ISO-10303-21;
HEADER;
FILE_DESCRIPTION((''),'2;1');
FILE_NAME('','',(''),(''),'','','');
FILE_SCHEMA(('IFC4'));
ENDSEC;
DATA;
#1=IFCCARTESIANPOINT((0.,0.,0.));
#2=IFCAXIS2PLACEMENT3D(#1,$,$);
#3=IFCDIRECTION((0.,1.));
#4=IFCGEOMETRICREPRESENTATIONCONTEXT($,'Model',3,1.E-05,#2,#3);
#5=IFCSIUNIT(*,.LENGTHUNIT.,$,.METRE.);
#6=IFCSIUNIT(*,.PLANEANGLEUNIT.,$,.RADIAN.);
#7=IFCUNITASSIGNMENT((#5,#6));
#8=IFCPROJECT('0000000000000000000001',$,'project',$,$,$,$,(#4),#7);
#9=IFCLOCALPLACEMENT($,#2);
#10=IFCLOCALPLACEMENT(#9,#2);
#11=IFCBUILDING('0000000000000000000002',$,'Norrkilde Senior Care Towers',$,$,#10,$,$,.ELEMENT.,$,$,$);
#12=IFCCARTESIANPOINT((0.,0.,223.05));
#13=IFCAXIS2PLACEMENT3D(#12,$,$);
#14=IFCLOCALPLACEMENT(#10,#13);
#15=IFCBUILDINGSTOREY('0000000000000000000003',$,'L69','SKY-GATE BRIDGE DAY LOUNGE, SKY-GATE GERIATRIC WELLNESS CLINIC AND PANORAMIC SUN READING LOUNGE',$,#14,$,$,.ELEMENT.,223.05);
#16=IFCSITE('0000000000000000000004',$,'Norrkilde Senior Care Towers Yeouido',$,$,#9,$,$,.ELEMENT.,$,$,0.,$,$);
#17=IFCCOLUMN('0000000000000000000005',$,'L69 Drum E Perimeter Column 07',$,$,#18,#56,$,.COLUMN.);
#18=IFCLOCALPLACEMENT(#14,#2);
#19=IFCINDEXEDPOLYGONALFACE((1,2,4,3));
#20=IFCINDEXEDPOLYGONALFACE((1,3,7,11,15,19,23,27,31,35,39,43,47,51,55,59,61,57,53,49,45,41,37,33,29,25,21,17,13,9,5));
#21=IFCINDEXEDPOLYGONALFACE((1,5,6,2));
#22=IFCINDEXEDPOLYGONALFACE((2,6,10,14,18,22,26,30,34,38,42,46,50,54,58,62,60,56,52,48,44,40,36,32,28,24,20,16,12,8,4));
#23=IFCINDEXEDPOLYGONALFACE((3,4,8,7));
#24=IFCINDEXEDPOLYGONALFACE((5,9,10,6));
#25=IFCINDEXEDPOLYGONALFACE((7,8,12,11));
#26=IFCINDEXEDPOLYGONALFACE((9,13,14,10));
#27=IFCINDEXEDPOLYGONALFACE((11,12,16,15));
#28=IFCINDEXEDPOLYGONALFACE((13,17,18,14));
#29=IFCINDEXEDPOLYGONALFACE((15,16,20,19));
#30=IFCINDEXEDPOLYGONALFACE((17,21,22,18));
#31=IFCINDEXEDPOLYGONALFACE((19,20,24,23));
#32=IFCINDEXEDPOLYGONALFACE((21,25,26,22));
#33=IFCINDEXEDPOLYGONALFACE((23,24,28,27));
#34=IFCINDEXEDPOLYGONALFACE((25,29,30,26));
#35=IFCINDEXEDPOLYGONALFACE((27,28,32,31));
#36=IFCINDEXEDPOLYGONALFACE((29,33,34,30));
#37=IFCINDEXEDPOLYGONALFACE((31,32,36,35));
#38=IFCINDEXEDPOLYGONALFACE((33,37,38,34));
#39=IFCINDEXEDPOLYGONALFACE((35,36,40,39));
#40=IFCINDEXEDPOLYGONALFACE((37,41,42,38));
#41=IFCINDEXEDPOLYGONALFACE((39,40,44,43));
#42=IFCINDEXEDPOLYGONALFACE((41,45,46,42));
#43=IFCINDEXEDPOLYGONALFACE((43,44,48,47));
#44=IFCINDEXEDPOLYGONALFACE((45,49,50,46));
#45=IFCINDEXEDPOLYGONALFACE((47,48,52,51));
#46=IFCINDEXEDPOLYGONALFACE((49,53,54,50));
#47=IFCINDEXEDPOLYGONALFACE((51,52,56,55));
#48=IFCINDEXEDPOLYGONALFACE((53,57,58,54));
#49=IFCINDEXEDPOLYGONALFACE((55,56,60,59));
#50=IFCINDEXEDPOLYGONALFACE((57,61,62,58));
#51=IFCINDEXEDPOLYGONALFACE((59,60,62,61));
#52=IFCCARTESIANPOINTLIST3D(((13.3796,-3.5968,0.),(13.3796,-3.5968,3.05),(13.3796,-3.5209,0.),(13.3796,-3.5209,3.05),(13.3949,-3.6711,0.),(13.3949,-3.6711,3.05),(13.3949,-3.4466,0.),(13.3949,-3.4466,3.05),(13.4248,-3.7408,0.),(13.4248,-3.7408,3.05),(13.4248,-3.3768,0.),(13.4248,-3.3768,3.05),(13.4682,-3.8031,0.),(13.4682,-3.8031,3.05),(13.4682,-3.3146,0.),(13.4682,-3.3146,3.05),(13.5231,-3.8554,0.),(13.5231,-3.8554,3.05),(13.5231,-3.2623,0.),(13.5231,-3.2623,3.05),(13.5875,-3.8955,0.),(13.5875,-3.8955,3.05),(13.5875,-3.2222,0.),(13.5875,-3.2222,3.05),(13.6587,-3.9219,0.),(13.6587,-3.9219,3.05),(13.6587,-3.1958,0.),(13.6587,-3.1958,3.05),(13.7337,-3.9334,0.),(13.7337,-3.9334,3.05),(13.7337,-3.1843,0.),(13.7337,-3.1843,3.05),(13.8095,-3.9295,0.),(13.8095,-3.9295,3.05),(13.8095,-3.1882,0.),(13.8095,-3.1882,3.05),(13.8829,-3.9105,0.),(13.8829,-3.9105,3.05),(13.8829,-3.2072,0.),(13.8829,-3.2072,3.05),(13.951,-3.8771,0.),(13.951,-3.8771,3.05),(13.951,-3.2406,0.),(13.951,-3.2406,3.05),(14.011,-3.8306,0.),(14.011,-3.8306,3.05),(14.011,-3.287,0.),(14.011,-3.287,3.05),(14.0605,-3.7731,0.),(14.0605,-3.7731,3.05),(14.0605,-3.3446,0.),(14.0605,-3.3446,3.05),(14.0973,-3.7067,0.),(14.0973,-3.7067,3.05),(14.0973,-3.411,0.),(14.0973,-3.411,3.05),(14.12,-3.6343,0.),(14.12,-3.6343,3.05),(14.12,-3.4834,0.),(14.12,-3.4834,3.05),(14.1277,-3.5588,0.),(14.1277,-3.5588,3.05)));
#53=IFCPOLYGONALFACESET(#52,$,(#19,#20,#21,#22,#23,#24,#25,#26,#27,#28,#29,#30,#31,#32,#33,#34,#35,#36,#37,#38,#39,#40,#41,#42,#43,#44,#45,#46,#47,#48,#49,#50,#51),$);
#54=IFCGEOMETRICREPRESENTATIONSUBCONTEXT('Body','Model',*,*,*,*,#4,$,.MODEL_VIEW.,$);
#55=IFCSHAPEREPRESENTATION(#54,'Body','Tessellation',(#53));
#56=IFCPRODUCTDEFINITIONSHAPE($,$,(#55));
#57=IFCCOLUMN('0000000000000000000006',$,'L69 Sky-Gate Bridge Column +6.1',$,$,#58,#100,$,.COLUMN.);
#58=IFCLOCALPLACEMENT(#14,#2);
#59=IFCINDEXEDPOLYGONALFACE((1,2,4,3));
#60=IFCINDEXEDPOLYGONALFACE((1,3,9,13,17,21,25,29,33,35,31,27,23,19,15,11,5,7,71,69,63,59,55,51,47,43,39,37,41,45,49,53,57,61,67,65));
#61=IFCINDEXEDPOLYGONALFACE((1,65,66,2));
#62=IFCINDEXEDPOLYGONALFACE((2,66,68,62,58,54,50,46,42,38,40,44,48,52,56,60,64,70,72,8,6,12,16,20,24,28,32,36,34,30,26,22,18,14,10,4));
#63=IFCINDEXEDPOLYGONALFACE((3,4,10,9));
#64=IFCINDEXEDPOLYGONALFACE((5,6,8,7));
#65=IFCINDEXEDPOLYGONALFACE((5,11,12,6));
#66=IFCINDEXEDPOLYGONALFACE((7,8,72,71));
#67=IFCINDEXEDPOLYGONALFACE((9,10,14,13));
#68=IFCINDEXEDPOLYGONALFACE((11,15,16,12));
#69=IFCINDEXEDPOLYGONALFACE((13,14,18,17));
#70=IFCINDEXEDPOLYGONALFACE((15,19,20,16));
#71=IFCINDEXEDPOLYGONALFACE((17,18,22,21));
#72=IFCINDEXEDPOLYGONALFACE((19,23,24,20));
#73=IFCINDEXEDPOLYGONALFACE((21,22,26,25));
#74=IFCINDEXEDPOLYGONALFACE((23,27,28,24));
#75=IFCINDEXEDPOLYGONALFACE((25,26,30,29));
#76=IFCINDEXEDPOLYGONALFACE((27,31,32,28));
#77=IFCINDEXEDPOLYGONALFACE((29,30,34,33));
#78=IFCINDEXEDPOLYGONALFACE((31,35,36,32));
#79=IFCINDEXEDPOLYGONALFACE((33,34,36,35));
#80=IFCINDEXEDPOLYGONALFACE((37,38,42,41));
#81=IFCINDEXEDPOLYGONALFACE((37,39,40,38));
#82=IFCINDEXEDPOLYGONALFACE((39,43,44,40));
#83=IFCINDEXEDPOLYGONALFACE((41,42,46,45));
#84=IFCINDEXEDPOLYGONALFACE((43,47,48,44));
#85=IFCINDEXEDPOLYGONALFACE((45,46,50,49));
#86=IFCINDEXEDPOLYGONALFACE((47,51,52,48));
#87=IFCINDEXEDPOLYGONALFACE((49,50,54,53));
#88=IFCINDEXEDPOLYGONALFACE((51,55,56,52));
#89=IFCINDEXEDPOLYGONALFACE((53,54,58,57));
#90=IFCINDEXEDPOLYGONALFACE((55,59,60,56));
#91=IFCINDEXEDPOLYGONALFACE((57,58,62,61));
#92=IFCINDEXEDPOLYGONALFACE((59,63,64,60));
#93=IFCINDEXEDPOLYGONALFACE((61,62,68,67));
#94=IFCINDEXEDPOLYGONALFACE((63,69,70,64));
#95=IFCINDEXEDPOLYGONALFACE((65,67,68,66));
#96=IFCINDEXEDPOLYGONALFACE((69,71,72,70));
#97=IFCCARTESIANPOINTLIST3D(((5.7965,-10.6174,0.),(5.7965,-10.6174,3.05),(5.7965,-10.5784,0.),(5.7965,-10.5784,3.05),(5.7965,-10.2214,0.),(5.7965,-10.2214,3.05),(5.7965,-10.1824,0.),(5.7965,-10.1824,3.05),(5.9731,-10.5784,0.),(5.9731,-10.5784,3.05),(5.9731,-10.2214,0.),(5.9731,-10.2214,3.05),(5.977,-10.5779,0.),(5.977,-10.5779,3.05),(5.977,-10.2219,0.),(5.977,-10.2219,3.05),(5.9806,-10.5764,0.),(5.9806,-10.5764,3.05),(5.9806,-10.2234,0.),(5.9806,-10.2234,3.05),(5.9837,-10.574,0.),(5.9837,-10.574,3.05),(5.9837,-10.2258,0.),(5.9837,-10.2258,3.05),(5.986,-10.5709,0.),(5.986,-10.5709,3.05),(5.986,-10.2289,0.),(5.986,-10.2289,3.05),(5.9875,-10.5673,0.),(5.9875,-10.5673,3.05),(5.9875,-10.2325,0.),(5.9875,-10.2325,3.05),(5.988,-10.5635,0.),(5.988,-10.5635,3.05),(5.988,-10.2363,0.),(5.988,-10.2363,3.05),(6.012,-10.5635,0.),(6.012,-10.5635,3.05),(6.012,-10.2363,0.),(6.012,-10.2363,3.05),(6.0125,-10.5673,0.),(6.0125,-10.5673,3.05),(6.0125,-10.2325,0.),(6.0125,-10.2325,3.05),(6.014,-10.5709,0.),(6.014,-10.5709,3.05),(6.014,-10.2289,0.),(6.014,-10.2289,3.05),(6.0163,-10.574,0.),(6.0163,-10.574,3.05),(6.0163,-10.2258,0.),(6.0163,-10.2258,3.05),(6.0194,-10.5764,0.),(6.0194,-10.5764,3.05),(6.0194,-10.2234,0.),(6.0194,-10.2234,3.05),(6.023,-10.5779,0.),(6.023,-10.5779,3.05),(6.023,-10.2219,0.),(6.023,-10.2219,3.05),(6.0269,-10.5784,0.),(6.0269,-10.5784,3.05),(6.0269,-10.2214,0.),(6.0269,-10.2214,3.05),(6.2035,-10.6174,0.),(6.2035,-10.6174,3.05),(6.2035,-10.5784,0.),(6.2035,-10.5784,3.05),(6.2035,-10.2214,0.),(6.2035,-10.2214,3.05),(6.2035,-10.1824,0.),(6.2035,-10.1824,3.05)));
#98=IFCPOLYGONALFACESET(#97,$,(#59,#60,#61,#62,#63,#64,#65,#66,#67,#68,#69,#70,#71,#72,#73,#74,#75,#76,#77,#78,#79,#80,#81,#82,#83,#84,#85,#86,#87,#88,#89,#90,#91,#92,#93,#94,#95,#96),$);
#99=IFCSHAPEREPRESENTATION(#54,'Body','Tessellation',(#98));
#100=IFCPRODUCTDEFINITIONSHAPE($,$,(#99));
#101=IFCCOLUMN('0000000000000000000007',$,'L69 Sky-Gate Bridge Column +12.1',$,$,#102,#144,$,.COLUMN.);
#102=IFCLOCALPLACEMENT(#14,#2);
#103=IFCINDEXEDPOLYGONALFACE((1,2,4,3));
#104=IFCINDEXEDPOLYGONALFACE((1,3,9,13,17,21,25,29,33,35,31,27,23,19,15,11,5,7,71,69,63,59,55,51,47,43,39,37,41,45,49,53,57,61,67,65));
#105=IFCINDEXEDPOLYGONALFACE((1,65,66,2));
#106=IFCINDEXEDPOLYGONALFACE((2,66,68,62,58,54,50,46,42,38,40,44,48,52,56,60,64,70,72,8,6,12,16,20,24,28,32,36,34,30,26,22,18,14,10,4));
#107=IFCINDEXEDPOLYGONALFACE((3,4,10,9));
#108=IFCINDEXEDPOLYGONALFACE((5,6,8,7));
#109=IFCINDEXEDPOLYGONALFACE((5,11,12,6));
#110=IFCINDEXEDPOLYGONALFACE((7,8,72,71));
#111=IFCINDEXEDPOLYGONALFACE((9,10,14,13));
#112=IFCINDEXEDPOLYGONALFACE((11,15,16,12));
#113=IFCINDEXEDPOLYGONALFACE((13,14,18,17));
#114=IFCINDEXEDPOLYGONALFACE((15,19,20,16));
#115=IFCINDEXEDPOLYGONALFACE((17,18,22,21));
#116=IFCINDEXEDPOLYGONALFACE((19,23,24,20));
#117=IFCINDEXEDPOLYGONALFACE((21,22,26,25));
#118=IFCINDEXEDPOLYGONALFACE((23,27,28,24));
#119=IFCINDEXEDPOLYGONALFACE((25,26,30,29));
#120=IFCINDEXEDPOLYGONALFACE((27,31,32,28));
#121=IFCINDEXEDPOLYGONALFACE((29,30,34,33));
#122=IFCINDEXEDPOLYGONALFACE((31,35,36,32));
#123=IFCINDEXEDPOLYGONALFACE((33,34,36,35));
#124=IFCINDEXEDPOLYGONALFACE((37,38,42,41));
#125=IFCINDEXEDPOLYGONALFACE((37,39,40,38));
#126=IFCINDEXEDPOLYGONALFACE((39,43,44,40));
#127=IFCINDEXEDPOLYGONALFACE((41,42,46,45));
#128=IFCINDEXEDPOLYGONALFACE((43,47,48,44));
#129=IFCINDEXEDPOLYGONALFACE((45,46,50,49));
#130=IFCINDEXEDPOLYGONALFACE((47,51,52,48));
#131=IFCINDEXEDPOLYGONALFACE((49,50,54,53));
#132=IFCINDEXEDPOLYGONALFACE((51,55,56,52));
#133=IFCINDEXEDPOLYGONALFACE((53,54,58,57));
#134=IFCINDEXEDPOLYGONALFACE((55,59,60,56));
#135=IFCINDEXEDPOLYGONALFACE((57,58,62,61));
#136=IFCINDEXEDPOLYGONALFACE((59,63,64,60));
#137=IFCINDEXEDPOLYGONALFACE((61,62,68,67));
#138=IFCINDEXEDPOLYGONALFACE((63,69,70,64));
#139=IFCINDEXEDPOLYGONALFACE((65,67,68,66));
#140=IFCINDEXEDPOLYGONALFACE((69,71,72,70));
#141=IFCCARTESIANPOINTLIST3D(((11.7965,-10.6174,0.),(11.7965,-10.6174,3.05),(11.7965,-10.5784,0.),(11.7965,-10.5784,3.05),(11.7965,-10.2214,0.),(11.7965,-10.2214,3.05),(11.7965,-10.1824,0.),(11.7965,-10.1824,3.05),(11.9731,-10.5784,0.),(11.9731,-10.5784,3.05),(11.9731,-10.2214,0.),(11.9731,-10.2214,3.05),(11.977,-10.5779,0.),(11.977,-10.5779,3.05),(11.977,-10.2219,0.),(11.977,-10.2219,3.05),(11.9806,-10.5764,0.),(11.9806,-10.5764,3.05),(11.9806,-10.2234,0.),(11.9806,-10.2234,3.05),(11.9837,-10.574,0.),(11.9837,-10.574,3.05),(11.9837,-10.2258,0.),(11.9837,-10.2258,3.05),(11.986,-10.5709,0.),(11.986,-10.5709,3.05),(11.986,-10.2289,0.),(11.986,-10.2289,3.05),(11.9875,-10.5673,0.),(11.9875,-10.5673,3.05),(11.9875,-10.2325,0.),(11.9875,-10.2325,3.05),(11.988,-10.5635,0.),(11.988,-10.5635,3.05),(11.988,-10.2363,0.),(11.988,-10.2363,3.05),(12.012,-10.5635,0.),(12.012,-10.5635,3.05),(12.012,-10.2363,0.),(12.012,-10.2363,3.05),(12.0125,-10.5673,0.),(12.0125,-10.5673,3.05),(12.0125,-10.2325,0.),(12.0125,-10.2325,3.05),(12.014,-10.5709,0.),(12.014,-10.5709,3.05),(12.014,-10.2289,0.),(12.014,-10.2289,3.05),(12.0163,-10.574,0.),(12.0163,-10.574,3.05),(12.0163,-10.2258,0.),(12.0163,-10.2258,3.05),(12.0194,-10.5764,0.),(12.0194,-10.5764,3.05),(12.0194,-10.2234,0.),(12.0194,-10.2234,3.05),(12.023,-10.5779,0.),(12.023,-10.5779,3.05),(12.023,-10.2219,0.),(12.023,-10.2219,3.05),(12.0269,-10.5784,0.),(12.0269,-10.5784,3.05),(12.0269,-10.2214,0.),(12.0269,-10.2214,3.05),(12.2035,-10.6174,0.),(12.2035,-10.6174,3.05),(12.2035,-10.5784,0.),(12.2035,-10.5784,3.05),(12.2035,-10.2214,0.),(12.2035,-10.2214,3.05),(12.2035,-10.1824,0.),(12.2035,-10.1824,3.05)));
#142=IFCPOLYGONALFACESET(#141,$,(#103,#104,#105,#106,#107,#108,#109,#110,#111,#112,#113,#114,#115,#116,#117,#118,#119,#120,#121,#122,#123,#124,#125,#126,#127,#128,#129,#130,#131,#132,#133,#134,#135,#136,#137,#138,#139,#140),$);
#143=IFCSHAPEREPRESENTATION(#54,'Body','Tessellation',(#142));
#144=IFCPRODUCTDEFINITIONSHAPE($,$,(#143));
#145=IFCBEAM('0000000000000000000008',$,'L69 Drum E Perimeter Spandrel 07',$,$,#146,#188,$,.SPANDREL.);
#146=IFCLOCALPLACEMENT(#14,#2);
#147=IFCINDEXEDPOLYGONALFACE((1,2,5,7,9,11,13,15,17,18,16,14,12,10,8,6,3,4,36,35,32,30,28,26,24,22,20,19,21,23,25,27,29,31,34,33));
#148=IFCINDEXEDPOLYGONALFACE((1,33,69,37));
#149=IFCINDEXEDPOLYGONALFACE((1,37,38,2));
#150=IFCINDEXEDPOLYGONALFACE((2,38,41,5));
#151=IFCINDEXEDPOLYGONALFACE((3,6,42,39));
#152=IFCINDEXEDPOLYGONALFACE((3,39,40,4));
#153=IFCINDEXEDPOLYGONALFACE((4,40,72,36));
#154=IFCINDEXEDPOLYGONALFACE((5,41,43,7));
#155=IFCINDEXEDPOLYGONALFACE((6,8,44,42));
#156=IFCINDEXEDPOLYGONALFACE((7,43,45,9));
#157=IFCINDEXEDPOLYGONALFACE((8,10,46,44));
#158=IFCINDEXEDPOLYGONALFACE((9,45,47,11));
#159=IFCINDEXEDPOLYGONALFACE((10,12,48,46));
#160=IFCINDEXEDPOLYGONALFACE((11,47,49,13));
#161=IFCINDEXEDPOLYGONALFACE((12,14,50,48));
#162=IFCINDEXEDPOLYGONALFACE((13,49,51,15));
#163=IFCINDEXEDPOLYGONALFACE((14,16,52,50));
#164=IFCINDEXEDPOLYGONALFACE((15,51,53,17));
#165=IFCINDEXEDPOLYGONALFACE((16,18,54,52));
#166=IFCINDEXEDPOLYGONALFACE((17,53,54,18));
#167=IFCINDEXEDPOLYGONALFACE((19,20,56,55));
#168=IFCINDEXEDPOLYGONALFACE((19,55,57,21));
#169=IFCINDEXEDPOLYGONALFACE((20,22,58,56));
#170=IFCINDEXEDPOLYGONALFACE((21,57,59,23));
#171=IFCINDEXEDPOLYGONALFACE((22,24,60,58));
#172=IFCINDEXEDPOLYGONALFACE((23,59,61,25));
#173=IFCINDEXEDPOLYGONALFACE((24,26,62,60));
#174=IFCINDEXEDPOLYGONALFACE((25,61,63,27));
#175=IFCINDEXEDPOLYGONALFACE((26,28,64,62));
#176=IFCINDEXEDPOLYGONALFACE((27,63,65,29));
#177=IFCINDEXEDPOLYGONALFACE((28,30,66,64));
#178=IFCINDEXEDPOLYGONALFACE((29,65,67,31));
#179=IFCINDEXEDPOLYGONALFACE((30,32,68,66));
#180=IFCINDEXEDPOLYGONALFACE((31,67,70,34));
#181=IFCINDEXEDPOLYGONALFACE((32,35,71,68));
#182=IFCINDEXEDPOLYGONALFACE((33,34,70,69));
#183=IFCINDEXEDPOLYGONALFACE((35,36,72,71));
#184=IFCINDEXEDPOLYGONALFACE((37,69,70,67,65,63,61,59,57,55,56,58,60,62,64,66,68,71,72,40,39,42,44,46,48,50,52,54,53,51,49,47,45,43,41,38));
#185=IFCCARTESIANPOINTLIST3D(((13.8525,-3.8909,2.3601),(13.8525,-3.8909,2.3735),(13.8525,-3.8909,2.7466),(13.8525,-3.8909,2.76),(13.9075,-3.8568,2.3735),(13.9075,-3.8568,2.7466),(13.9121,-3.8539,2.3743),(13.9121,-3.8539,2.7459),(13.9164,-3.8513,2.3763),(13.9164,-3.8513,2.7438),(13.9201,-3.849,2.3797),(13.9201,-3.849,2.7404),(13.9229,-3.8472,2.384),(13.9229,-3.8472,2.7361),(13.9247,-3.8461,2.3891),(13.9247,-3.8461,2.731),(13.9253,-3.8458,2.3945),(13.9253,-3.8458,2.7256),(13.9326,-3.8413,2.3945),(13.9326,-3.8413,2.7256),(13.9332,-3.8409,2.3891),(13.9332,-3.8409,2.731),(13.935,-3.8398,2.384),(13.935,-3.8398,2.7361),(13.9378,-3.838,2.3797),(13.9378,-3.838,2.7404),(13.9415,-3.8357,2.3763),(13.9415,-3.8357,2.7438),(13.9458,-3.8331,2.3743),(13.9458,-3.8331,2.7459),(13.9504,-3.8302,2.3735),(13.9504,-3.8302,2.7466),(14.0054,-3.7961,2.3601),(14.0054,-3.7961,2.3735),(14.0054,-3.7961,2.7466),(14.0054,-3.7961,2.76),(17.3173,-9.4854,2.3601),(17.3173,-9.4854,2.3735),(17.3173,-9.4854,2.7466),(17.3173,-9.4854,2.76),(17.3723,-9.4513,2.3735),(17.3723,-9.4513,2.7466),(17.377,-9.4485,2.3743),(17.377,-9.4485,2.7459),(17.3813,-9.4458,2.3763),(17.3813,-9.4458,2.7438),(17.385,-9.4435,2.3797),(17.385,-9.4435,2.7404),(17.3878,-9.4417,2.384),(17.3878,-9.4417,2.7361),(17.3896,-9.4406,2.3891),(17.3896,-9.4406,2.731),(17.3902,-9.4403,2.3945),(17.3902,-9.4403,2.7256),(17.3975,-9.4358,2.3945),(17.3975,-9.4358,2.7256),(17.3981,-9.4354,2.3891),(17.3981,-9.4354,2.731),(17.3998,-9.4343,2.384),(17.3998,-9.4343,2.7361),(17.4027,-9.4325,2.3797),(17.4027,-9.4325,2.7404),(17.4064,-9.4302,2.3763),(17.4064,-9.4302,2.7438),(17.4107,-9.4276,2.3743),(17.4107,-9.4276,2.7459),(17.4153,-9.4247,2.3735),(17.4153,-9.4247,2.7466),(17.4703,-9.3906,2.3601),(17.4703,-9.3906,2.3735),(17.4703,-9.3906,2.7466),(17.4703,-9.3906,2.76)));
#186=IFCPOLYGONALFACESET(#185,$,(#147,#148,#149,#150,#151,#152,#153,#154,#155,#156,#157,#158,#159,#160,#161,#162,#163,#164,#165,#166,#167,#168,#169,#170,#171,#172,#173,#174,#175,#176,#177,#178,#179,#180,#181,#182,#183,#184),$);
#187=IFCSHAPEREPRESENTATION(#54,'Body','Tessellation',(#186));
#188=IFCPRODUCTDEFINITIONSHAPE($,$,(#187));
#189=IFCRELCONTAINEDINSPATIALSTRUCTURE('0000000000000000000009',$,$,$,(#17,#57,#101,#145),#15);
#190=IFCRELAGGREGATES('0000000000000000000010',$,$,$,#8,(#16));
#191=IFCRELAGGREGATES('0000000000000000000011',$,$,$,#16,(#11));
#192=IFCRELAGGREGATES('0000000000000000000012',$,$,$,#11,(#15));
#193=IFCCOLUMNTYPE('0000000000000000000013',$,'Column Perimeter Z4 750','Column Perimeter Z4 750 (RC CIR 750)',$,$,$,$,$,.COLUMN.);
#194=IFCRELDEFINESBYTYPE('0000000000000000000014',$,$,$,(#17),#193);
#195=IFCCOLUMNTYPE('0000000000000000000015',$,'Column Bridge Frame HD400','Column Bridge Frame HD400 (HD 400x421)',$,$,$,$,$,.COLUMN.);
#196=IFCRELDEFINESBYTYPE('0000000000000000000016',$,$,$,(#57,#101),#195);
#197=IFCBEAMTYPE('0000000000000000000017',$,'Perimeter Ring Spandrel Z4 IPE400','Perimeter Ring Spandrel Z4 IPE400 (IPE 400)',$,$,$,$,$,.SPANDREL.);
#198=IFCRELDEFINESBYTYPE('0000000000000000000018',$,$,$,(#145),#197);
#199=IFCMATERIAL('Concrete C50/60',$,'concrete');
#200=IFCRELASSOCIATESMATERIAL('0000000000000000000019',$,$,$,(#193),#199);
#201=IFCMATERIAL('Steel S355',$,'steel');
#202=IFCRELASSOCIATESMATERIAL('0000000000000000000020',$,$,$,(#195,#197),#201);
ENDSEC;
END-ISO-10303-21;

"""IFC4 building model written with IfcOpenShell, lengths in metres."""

from ifc_helpers import new_model, si_unit, direction, frame, origin, origin_2d, place, context, subcontext, project, spatial, circle, i_section, extrude, source, transform, mapped, material, material_profile, profile_set, type_object, type_shapes, element, save


model = new_model("IFC4")

# Units and contexts
model_context = context("Model", 3, precision=1e-05, world=origin(), true_north=direction((0.0, 1.0)))
body_context = subcontext(model_context, "Body", "Model", "MODEL_VIEW")
ifc_project = project(units=[si_unit("LENGTHUNIT", "METRE"), si_unit("PLANEANGLEUNIT", "RADIAN")], contexts=[model_context])

# Site, building, storey
site_placement = place(None, origin())
site = spatial("IfcSite", under=ifc_project, at=site_placement, Name="Norrkilde Senior Care Towers Yeouido", CompositionType="ELEMENT", RefElevation=0.0)
building_placement = place(site_placement, origin())
building = spatial("IfcBuilding", under=site, at=building_placement, Name="Norrkilde Senior Care Towers", CompositionType="ELEMENT")
storey_placement = place(building_placement, frame((0.0, 0.0, 223.05)))
storey = spatial("IfcBuildingStorey", under=building, at=storey_placement, Name="L69", Description="SKY-GATE BRIDGE DAY LOUNGE, SKY-GATE GERIATRIC WELLNESS CLINIC AND PANORAMIC SUN READING LOUNGE", CompositionType="ELEMENT", Elevation=223.05)

# Columns
ifc_material_1 = material(Name="Concrete C50/60", Category="concrete")
ifc_material_profile_1 = material_profile(ifc_material_1, circle(Radius=0.375, at=origin_2d()), Name="RC CIR 750")
ifc_profile_set_1 = profile_set([ifc_material_profile_1], Name="Concrete C50/60")
column_type_1 = type_object("IfcColumnType", Name="Column Perimeter Z4 750", Description="Column Perimeter Z4 750 (RC CIR 750)", PredefinedType="COLUMN", material=ifc_profile_set_1)
shared_shape_1 = source(origin(), body_context, "Body", "SweptSolid", [
    extrude(circle(Radius=0.375, at=origin_2d()), origin(), (0.0, 0.0, 1.0), 3.05),
])
type_shapes(column_type_1, [shared_shape_1])
column_placement = place(storey_placement, frame((13.7527, -3.5588, 0.0), z_axis=(0.0, 0.0, 1.0), x_axis=(1.0, 0.0, 0.0)))
element("IfcColumn", 1, at=column_placement, inside=storey, type_object=column_type_1, Name="L69 Drum E Perimeter Column 07", PredefinedType="COLUMN", context=body_context, shape_type="MappedRepresentation", body=[
    mapped(shared_shape_1, transform((0.0, 0.0, 0.0), x_axis=(1.0, 0.0, 0.0), y_axis=(0.0, 1.0, 0.0), z_axis=(0.0, 0.0, 1.0), scale=1.0)),
])
ifc_material_2 = material(Name="Steel S355", Category="steel")
ifc_material_profile_2 = material_profile(ifc_material_2, i_section(OverallWidth=0.407, OverallDepth=0.4351, WebThickness=0.0239, FlangeThickness=0.0391, FilletRadius=0.0149, at=origin_2d()), Name="HD 400x421")
ifc_profile_set_2 = profile_set([ifc_material_profile_2], Name="Steel S355")
column_type_2 = type_object("IfcColumnType", Name="Column Bridge Frame HD400", Description="Column Bridge Frame HD400 (HD 400x421)", PredefinedType="COLUMN", material=ifc_profile_set_2)
shared_shape_2 = source(origin(), body_context, "Body", "SweptSolid", [
    extrude(i_section(OverallWidth=0.407, OverallDepth=0.4351, WebThickness=0.0239, FlangeThickness=0.0391, FilletRadius=0.0149, at=origin_2d()), origin(), (0.0, 0.0, 1.0), 3.05),
])
type_shapes(column_type_2, [shared_shape_2])
for number, where, z_axis, x_axis, name in (
    (2, (6.0, -10.3999, 0.0), (0.0, 0.0, 1.0), (1.0, 0.0, 0.0), "L69 Sky-Gate Bridge Column +6.1"),
    (3, (12.0, -10.3999, 0.0), (0.0, 0.0, 1.0), (1.0, 0.0, 0.0), "L69 Sky-Gate Bridge Column +12.1"),
):
    element("IfcColumn", number, at=place(storey_placement, frame(where, z_axis=z_axis, x_axis=x_axis)), inside=storey, type_object=column_type_2, Name=name, PredefinedType="COLUMN", context=body_context, shape_type="MappedRepresentation", body=[
        mapped(shared_shape_2, transform((0.0, 0.0, 0.0), x_axis=(1.0, 0.0, 0.0), y_axis=(0.0, 1.0, 0.0), z_axis=(0.0, 0.0, 1.0), scale=1.0)),
    ])

# Beam
ifc_material_profile_3 = material_profile(ifc_material_2, i_section(OverallWidth=0.1799, OverallDepth=0.3999, WebThickness=0.0085, FlangeThickness=0.0134, FilletRadius=0.021, at=origin_2d()), Name="IPE 400")
ifc_profile_set_3 = profile_set([ifc_material_profile_3], Name="Steel S355")
beam_type_1 = type_object("IfcBeamType", Name="Perimeter Ring Spandrel Z4 IPE400", Description="Perimeter Ring Spandrel Z4 IPE400 (IPE 400)", PredefinedType="SPANDREL", material=ifc_profile_set_3)
shared_shape_3 = source(origin(), body_context, "Body", "SweptSolid", [
    extrude(i_section(OverallWidth=0.1799, OverallDepth=0.3999, WebThickness=0.0085, FlangeThickness=0.0134, FilletRadius=0.021, at=origin_2d()), origin(), (0.0, 0.0, 1.0), 6.5806),
])
type_shapes(beam_type_1, [shared_shape_3])
beam_1_placement = place(storey_placement, frame((13.929, -3.8435, 2.5601), z_axis=(0.52653, -0.850157, 0.0), x_axis=(0.850157, 0.52653, 0.0)))
element("IfcBeam", 4, at=beam_1_placement, inside=storey, type_object=beam_type_1, Name="L69 Drum E Perimeter Spandrel 07", PredefinedType="SPANDREL", context=body_context, shape_type="MappedRepresentation", body=[
    mapped(shared_shape_3, transform((0.0, 0.0, 0.0), x_axis=(1.0, 0.0, 0.0), y_axis=(0.0, 1.0, 0.0), z_axis=(0.0, 0.0, 1.0), scale=1.0)),
])

save(model, "model.ifc")
